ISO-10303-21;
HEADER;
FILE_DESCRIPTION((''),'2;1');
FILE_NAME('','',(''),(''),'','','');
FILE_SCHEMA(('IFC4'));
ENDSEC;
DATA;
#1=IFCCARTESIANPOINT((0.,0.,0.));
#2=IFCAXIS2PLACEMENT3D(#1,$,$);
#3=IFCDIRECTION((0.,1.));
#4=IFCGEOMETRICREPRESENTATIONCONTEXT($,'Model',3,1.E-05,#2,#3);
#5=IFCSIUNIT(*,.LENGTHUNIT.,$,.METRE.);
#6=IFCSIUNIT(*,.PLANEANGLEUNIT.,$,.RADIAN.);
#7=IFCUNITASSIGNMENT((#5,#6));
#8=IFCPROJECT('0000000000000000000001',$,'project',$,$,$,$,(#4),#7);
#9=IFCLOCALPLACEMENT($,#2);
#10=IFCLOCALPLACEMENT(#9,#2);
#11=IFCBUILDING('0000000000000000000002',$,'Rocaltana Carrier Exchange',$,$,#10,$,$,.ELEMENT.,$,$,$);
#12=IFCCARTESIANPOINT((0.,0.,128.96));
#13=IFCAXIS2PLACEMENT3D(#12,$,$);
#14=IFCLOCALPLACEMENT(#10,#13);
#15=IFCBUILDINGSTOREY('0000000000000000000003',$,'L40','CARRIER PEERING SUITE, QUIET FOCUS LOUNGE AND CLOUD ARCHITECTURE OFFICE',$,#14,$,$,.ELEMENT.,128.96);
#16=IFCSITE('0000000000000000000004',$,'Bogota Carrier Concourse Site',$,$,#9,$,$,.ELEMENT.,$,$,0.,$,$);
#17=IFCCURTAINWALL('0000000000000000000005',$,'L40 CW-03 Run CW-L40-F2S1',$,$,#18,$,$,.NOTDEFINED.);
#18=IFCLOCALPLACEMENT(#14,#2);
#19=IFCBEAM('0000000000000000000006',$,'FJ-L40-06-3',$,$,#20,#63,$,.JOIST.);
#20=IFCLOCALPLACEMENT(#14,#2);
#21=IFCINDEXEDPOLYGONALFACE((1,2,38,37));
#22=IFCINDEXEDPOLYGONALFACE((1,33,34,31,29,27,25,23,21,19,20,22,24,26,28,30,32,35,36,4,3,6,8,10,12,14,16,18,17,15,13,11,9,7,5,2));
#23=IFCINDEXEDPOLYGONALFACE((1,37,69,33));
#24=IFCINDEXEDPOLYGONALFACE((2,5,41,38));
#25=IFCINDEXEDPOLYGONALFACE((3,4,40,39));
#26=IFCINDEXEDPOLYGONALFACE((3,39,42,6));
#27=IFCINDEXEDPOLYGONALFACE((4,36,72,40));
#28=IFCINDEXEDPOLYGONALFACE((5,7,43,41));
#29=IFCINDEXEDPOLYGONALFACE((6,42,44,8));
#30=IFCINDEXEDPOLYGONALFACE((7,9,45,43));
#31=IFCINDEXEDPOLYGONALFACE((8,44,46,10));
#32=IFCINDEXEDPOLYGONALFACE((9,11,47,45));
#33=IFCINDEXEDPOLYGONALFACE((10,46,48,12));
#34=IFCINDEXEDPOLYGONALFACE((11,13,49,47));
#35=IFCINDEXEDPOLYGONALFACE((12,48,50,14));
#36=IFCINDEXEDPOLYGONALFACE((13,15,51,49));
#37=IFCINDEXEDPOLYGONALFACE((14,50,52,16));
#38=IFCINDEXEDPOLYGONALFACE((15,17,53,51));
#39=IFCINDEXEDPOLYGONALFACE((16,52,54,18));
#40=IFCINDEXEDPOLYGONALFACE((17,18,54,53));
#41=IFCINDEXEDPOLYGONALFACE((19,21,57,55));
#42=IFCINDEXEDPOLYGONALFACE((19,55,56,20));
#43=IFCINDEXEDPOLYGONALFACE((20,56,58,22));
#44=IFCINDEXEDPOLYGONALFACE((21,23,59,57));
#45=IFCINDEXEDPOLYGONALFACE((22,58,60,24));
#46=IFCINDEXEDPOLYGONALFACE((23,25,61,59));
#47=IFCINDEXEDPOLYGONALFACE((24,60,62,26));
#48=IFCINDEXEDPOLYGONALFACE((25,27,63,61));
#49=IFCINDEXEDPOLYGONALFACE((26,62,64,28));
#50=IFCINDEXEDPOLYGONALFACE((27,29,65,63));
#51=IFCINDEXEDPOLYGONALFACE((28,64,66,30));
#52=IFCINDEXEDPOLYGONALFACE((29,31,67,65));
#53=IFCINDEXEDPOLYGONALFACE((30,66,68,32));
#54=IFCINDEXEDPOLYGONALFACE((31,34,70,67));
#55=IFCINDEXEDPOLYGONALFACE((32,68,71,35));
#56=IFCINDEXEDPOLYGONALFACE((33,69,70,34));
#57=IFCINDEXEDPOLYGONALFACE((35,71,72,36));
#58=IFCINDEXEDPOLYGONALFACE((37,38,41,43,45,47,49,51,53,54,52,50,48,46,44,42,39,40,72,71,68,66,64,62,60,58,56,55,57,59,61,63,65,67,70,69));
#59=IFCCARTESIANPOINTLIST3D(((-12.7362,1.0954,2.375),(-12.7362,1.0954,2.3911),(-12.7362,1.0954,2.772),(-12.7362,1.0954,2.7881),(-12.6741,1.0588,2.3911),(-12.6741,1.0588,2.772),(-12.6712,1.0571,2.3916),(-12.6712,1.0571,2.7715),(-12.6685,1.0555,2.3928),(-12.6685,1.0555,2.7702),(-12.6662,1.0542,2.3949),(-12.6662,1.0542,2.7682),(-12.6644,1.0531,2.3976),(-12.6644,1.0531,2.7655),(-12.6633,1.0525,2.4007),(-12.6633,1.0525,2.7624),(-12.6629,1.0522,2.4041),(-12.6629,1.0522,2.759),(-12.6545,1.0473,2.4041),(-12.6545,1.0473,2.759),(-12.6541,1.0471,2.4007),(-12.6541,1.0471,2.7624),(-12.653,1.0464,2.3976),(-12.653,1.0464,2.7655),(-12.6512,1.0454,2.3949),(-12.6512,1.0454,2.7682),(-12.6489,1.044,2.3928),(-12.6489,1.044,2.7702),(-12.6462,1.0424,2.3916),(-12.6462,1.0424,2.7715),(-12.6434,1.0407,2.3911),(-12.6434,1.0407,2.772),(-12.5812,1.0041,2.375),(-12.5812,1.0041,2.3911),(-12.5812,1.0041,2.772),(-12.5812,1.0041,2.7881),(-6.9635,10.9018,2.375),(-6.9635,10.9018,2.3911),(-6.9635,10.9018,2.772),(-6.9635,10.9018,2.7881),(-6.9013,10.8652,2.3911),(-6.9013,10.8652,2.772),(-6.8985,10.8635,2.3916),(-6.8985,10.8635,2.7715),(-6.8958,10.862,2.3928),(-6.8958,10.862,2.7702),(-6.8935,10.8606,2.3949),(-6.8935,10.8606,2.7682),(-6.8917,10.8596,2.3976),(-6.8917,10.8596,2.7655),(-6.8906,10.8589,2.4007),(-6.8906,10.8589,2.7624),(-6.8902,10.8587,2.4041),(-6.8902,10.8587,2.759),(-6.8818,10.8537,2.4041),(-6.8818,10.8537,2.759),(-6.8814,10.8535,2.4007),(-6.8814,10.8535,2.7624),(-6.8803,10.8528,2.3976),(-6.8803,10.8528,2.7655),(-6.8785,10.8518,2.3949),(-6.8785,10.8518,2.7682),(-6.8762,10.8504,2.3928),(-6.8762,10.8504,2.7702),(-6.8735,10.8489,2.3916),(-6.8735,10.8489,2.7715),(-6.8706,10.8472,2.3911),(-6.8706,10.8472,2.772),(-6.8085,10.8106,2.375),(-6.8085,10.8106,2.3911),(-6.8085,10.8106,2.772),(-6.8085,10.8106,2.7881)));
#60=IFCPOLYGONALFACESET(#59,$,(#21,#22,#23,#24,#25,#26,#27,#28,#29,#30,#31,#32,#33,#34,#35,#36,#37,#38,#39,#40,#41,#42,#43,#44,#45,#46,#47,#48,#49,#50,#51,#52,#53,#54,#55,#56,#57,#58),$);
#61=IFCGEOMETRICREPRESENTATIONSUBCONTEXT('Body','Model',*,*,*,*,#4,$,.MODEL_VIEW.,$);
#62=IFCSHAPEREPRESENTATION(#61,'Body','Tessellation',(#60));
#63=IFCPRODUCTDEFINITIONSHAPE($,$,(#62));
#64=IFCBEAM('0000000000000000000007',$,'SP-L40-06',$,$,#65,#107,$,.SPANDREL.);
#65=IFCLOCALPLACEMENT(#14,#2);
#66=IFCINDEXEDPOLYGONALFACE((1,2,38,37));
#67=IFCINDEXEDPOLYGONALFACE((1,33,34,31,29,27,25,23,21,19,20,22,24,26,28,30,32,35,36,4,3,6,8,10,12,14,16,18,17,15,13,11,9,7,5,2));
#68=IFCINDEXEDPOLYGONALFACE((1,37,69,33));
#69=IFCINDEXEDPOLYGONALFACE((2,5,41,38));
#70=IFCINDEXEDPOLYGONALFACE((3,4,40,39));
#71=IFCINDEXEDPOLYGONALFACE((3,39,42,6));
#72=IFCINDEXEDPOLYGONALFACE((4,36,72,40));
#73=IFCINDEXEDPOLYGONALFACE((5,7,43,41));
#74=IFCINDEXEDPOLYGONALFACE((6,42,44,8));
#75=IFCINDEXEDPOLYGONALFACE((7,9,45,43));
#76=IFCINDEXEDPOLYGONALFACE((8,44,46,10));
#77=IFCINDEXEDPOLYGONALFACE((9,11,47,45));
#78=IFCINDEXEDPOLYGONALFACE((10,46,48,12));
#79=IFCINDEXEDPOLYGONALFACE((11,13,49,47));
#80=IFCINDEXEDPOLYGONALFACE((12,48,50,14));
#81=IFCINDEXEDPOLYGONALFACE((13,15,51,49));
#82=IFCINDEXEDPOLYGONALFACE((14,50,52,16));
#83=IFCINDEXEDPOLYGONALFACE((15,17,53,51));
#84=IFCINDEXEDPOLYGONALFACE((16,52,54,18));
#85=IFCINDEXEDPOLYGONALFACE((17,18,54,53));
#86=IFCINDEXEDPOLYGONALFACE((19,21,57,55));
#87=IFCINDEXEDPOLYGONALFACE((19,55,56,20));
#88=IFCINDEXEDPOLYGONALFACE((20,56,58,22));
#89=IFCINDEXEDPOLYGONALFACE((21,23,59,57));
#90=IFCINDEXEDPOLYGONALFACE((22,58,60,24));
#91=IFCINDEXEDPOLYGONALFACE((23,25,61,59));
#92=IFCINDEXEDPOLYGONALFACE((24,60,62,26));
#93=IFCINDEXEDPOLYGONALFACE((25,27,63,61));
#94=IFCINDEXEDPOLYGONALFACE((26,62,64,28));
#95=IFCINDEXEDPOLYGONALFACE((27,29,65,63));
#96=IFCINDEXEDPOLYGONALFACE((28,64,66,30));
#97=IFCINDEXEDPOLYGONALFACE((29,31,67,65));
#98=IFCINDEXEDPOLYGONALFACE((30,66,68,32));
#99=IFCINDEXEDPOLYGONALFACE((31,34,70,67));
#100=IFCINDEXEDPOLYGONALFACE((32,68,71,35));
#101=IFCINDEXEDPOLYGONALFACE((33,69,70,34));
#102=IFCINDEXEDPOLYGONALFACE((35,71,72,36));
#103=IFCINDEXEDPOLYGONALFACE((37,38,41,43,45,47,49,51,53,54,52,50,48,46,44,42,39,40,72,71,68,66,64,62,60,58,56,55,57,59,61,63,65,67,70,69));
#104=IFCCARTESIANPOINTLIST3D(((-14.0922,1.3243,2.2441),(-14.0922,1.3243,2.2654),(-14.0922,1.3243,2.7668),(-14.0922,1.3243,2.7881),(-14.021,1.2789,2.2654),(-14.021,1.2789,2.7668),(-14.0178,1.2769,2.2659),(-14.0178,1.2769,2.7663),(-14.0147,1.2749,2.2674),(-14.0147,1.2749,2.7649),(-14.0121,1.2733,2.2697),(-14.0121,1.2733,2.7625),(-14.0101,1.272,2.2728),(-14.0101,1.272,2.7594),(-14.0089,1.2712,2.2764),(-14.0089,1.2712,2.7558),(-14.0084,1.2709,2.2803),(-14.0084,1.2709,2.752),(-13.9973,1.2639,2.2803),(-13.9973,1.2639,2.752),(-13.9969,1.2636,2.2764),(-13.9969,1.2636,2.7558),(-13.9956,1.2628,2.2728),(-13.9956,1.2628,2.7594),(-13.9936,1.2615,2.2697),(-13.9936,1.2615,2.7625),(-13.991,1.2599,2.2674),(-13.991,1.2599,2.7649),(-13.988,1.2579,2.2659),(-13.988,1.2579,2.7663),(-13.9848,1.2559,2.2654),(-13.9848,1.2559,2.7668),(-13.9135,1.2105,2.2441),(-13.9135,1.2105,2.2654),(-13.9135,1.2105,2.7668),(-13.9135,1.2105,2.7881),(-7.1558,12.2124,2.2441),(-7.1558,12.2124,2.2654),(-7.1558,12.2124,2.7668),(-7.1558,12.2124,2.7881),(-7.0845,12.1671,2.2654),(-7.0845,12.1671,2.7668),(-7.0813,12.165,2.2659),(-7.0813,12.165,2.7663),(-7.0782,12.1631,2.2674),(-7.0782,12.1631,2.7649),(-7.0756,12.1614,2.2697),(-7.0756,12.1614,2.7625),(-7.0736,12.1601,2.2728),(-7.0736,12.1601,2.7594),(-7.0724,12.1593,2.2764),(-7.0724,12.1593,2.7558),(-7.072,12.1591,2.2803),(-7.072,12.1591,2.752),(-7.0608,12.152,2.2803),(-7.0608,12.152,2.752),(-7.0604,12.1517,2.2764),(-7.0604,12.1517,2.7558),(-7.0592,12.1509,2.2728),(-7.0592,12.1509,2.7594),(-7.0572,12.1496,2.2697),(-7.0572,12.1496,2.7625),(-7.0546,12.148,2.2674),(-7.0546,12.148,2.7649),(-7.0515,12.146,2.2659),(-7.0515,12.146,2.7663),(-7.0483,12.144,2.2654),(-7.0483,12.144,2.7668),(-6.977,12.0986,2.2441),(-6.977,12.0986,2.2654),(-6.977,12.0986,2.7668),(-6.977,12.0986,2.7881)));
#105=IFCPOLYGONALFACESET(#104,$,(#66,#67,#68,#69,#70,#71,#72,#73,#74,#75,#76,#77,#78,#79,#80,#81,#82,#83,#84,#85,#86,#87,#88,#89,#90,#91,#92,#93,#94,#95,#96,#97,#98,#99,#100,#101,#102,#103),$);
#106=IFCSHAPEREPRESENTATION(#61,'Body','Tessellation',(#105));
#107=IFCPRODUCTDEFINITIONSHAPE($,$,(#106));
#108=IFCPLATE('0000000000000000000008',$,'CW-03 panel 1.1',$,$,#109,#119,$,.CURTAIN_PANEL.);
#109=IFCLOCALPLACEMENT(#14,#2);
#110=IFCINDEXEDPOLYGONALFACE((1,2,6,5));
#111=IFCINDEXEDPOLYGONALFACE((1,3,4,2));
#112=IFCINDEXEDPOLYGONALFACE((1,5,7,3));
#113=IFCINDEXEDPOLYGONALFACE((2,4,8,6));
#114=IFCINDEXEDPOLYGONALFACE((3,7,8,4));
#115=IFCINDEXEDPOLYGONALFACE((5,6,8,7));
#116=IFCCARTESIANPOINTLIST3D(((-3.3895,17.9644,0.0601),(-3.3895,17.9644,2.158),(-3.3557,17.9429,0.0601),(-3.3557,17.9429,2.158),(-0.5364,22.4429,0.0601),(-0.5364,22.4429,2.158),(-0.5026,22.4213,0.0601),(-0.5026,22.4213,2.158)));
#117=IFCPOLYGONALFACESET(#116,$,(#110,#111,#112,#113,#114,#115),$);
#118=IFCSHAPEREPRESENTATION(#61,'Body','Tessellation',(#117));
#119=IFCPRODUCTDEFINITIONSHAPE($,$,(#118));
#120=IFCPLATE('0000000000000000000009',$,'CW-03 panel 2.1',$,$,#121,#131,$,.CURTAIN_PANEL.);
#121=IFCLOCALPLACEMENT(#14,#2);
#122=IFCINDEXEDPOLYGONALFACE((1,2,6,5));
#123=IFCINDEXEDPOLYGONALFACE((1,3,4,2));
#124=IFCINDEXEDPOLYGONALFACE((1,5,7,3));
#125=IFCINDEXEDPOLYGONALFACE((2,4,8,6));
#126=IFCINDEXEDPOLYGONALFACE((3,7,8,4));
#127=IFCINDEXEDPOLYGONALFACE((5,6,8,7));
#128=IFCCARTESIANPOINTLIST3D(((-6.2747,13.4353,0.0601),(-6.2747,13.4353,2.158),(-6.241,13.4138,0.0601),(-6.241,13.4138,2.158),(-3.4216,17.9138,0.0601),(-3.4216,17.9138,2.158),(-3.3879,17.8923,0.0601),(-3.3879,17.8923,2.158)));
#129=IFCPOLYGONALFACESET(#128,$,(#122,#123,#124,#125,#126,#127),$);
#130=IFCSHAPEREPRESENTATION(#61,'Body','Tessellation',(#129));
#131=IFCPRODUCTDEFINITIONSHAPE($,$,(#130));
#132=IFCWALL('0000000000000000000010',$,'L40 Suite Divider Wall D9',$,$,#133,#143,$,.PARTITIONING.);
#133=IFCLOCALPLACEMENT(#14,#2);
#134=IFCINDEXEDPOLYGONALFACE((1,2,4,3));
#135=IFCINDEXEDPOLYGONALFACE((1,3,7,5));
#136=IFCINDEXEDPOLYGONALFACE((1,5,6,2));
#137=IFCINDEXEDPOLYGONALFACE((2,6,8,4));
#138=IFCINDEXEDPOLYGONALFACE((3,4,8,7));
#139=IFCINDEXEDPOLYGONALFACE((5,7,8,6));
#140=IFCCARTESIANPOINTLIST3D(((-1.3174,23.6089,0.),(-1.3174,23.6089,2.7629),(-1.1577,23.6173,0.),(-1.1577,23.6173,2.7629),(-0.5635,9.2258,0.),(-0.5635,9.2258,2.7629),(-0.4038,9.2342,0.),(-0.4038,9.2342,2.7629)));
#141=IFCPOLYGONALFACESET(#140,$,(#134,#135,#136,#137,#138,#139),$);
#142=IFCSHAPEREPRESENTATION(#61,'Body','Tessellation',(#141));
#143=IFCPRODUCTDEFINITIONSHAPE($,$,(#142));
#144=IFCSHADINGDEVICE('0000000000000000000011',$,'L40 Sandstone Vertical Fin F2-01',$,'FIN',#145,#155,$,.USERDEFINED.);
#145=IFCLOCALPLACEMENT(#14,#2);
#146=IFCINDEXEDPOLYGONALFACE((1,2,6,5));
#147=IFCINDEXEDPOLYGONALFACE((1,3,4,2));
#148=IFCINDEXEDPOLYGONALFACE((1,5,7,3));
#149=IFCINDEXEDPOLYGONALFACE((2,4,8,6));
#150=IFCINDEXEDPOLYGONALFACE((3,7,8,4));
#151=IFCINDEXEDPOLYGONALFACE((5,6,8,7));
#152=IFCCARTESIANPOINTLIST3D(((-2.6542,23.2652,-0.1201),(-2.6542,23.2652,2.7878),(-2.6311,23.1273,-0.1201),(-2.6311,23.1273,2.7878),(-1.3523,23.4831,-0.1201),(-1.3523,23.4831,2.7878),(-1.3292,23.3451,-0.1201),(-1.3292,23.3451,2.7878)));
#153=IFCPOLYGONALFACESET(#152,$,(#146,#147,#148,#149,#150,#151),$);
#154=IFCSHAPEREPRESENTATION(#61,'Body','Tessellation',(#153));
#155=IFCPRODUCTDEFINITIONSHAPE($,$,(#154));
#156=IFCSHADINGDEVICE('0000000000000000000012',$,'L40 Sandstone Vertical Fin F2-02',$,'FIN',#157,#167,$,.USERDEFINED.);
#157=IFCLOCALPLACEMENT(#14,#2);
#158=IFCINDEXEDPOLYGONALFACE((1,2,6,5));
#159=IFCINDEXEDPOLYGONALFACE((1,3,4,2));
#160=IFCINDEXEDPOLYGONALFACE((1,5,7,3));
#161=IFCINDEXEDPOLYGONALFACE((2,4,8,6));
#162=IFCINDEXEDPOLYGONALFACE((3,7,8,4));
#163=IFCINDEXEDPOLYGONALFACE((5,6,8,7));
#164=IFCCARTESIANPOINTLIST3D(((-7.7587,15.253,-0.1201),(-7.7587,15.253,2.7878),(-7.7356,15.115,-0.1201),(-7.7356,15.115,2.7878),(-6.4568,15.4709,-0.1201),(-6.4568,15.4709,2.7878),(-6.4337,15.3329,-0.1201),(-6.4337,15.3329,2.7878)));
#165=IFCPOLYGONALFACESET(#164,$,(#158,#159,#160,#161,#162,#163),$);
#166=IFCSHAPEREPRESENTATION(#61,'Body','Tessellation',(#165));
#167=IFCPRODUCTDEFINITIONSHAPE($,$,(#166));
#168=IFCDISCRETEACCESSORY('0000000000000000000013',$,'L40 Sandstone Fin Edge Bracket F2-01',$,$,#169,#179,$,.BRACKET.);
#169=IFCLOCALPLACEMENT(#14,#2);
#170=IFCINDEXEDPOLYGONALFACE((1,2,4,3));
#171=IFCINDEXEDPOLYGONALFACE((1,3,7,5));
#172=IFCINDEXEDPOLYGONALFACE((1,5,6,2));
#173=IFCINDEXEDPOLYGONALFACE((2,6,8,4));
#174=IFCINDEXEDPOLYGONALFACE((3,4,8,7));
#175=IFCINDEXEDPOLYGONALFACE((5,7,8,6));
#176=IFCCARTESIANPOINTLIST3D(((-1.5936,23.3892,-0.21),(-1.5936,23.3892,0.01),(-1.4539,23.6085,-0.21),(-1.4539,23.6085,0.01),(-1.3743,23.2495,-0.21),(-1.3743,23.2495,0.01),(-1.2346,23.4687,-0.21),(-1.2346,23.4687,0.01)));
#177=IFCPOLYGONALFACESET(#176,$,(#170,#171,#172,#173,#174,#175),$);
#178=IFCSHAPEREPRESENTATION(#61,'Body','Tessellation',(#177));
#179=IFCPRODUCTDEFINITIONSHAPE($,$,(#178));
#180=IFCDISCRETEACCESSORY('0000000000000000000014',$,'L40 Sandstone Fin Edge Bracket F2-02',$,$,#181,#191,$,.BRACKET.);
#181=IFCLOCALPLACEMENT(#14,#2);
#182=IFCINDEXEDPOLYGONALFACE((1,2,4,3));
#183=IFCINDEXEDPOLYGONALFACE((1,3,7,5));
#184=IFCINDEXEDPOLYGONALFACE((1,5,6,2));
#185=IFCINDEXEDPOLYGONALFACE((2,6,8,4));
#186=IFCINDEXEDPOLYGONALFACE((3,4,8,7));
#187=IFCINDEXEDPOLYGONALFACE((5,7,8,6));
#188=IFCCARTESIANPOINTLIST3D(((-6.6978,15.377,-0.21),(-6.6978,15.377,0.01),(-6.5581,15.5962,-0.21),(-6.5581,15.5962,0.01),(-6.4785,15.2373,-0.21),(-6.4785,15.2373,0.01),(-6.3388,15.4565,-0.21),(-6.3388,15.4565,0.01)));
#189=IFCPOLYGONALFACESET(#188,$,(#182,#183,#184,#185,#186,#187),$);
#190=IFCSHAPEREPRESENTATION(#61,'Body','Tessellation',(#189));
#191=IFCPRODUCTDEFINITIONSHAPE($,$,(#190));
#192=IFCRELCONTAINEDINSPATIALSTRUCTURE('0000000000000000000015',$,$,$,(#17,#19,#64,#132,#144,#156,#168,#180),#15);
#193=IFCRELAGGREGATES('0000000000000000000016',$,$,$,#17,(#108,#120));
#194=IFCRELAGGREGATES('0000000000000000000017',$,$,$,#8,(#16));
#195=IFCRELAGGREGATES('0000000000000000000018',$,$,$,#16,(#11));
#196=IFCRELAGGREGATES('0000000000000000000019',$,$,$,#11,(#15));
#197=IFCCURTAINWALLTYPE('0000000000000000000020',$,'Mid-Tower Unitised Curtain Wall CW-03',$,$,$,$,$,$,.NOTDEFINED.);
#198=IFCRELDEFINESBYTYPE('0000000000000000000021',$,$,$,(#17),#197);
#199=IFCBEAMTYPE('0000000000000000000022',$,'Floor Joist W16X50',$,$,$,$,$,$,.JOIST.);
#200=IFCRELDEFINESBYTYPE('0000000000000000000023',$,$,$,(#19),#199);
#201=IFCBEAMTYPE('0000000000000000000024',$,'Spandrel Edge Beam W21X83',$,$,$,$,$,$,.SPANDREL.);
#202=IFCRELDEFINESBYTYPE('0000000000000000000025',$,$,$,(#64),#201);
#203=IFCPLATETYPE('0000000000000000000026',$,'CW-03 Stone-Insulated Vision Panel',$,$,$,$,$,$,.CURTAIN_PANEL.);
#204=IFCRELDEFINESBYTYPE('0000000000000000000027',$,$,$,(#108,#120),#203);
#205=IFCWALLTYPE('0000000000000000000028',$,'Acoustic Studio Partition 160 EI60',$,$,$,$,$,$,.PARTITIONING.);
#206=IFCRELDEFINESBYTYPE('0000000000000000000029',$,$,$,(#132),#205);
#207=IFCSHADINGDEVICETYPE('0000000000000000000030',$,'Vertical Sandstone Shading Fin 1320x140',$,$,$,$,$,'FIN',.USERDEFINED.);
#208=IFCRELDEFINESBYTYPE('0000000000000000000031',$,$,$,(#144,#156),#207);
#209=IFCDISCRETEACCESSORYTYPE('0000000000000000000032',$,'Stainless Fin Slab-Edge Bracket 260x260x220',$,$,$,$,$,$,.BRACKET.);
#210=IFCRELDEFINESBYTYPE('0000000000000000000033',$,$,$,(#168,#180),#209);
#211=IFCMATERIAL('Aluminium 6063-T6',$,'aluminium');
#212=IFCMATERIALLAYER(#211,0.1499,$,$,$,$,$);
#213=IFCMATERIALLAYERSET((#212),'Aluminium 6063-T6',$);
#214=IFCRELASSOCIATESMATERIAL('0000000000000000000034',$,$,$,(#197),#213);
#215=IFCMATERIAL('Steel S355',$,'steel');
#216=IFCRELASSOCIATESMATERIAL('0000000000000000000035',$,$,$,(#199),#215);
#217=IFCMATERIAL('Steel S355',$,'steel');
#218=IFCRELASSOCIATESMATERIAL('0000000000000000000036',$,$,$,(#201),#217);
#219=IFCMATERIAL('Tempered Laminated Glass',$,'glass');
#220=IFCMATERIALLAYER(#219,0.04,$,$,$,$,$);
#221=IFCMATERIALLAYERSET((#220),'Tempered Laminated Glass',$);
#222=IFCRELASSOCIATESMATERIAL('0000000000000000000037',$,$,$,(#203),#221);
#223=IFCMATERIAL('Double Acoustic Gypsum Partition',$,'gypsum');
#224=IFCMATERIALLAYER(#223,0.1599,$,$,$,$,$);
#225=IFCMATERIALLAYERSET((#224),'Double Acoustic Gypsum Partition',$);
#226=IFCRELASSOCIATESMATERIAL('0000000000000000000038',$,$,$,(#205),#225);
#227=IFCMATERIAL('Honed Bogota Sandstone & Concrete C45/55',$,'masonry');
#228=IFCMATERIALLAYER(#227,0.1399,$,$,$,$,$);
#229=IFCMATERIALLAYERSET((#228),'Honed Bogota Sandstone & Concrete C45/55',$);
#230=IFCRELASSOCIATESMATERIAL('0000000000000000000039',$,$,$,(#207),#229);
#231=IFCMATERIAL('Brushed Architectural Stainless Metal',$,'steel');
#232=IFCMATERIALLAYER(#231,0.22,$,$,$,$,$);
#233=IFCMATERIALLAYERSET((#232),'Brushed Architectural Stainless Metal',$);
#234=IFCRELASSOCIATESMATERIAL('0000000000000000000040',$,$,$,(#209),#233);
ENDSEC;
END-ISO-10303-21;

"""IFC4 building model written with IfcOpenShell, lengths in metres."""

from ifc_helpers import new_model, si_unit, direction, frame, frame_2d, origin, origin_2d, place, context, subcontext, project, spatial, rectangle, i_section, extrude, material, layer, layer_set, material_profile, profile_set, type_object, element, aggregate, save


model = new_model("IFC4")

# Units and contexts
model_context = context("Model", 3, precision=1e-05, world=origin(), true_north=direction((0.0, 1.0)))
body_context = subcontext(model_context, "Body", "Model", "MODEL_VIEW")
ifc_project = project(units=[si_unit("LENGTHUNIT", "METRE"), si_unit("PLANEANGLEUNIT", "RADIAN")], contexts=[model_context])

# Site, building, storey
site_placement = place(None, origin())
site = spatial("IfcSite", under=ifc_project, at=site_placement, Name="Bogota Carrier Concourse Site", CompositionType="ELEMENT", RefElevation=0.0)
building_placement = place(site_placement, origin())
building = spatial("IfcBuilding", under=site, at=building_placement, Name="Rocaltana Carrier Exchange", CompositionType="ELEMENT")
storey_placement = place(building_placement, frame((0.0, 0.0, 128.96)))
storey = spatial("IfcBuildingStorey", under=building, at=storey_placement, Name="L40", Description="CARRIER PEERING SUITE, QUIET FOCUS LOUNGE AND CLOUD ARCHITECTURE OFFICE", CompositionType="ELEMENT", Elevation=128.96)

# Curtain wall
ifc_material_1 = material(Name="Aluminium 6063-T6", Category="aluminium")
ifc_layer_1 = layer(ifc_material_1, 0.1499)
ifc_layer_set_1 = layer_set([ifc_layer_1], Name="Aluminium 6063-T6")
curtain_wall_type = type_object("IfcCurtainWallType", Name="Mid-Tower Unitised Curtain Wall CW-03", PredefinedType="NOTDEFINED", material=ifc_layer_set_1)
curtain_wall_1_placement = place(storey_placement, origin())
curtain_wall_1 = element("IfcCurtainWall", 1, at=curtain_wall_1_placement, inside=storey, type_object=curtain_wall_type, Name="L40 CW-03 Run CW-L40-F2S1", PredefinedType="NOTDEFINED")

# Beams
ifc_material_2 = material(Name="Steel S355", Category="steel")
ifc_material_profile_1 = material_profile(ifc_material_2, i_section(OverallWidth=0.1799, OverallDepth=0.4131, WebThickness=0.0098, FlangeThickness=0.0161, FilletRadius=0.0129, at=origin_2d()), Name="W16X50")
ifc_profile_set_1 = profile_set([ifc_material_profile_1], Name="Steel S355")
beam_type_1 = type_object("IfcBeamType", Name="Floor Joist W16X50", PredefinedType="JOIST", material=ifc_profile_set_1)
beam_1_placement = place(storey_placement, frame((-6.886, 10.8562, 2.5815), z_axis=(-0.507297, -0.861771, 0.0), x_axis=(0.861771, -0.507297, 0.0)))
element("IfcBeam", 2, at=beam_1_placement, inside=storey, type_object=beam_type_1, Name="FJ-L40-06-3", PredefinedType="JOIST", context=body_context, shape_type="SweptSolid", body=[
    extrude(i_section(OverallWidth=0.1799, OverallDepth=0.4131, WebThickness=0.0098, FlangeThickness=0.0161, FilletRadius=0.0129, at=origin_2d()), origin(), (0.0, 0.0, 1.0), 11.3794),
])
ifc_material_3 = material(Name="Steel S355", Category="steel")
ifc_material_profile_2 = material_profile(ifc_material_3, i_section(OverallWidth=0.2119, OverallDepth=0.5439, WebThickness=0.0132, FlangeThickness=0.0212, FilletRadius=0.0149, at=origin_2d()), Name="W21X83")
ifc_profile_set_2 = profile_set([ifc_material_profile_2], Name="Steel S355")
beam_type_2 = type_object("IfcBeamType", Name="Spandrel Edge Beam W21X83", PredefinedType="SPANDREL", material=ifc_profile_set_2)
beam_2_placement = place(storey_placement, frame((-7.0664, 12.1555, 2.5161), z_axis=(-0.537299, -0.843392, 0.0), x_axis=(0.843392, -0.537299, 0.0)))
element("IfcBeam", 3, at=beam_2_placement, inside=storey, type_object=beam_type_2, Name="SP-L40-06", PredefinedType="SPANDREL", context=body_context, shape_type="SweptSolid", body=[
    extrude(i_section(OverallWidth=0.2119, OverallDepth=0.5439, WebThickness=0.0132, FlangeThickness=0.0212, FilletRadius=0.0149, at=origin_2d()), origin(), (0.0, 0.0, 1.0), 12.9099),
])

# Plates
ifc_material_4 = material(Name="Tempered Laminated Glass", Category="glass")
ifc_layer_2 = layer(ifc_material_4, 0.04)
ifc_layer_set_2 = layer_set([ifc_layer_2], Name="Tempered Laminated Glass")
plate_type = type_object("IfcPlateType", Name="CW-03 Stone-Insulated Vision Panel", PredefinedType="CURTAIN_PANEL", material=ifc_layer_set_2)
plate_1_placement = place(storey_placement, frame((-1.946, 20.1929, 0.0601), z_axis=(0.0, 0.0, 1.0), x_axis=(-0.537301, -0.843391, 0.0)))
plate_1 = element("IfcPlate", 4, at=plate_1_placement, type_object=plate_type, Name="CW-03 panel 1.1", PredefinedType="CURTAIN_PANEL", context=body_context, shape_type="SweptSolid", body=[
    extrude(rectangle(XDim=5.3101, YDim=0.04, at=origin_2d()), origin(), (0.0, 0.0, 1.0), 2.0979),
])
plate_2_placement = place(storey_placement, frame((-4.8313, 15.6638, 0.0601), z_axis=(0.0, 0.0, 1.0), x_axis=(-0.537301, -0.843391, 0.0)))
plate_2 = element("IfcPlate", 5, at=plate_2_placement, type_object=plate_type, Name="CW-03 panel 2.1", PredefinedType="CURTAIN_PANEL", context=body_context, shape_type="SweptSolid", body=[
    extrude(rectangle(XDim=5.3101, YDim=0.04, at=origin_2d()), origin(), (0.0, 0.0, 1.0), 2.0979),
])
aggregate(curtain_wall_1, [plate_1, plate_2])

# Wall
ifc_material_5 = material(Name="Double Acoustic Gypsum Partition", Category="gypsum")
ifc_layer_3 = layer(ifc_material_5, 0.1599)
ifc_layer_set_3 = layer_set([ifc_layer_3], Name="Double Acoustic Gypsum Partition")
wall_type = type_object("IfcWallType", Name="Acoustic Studio Partition 160 EI60", PredefinedType="PARTITIONING", material=ifc_layer_set_3)
wall_placement = place(storey_placement, frame((-0.4836, 9.23, 0.0), z_axis=(0.0, 0.0, 1.0), x_axis=(-0.052344, 0.998629, 0.0)))
element("IfcWall", 6, at=wall_placement, inside=storey, type_object=wall_type, Name="L40 Suite Divider Wall D9", PredefinedType="PARTITIONING", context=body_context, shape_type="SweptSolid", body=[
    extrude(rectangle(XDim=14.4028, YDim=0.1599, at=frame_2d((7.2014, 0.0))), origin(), (0.0, 0.0, 1.0), 2.7629),
])

# Shading devices
ifc_material_6 = material(Name="Honed Bogota Sandstone & Concrete C45/55", Category="masonry")
ifc_layer_4 = layer(ifc_material_6, 0.1399)
ifc_layer_set_4 = layer_set([ifc_layer_4], Name="Honed Bogota Sandstone & Concrete C45/55")
shading_device_type = type_object("IfcShadingDeviceType", Name="Vertical Sandstone Shading Fin 1320x140", ElementType="FIN", PredefinedType="USERDEFINED", material=ifc_layer_set_4)
for number, where, z_axis, x_axis, name in (
    (7, (-1.9917, 23.3052, -0.1201), (0.0, 0.0, 1.0), (-0.986286, -0.165048, 0.0), "L40 Sandstone Vertical Fin F2-01"),
    (8, (-7.0962, 15.293, -0.1201), (0.0, 0.0, 1.0), (-0.986286, -0.165048, 0.0), "L40 Sandstone Vertical Fin F2-02"),
):
    element("IfcShadingDevice", number, at=place(storey_placement, frame(where, z_axis=z_axis, x_axis=x_axis)), inside=storey, type_object=shading_device_type, Name=name, ObjectType="FIN", PredefinedType="USERDEFINED", context=body_context, shape_type="SweptSolid", body=[
        extrude(rectangle(XDim=1.3201, YDim=0.1399, at=origin_2d()), origin(), (0.0, 0.0, 1.0), 2.908),
    ])

# Discrete accessories
ifc_material_7 = material(Name="Brushed Architectural Stainless Metal", Category="steel")
ifc_layer_5 = layer(ifc_material_7, 0.22)
ifc_layer_set_5 = layer_set([ifc_layer_5], Name="Brushed Architectural Stainless Metal")
discrete_accessory_type = type_object("IfcDiscreteAccessoryType", Name="Stainless Fin Slab-Edge Bracket 260x260x220", PredefinedType="BRACKET", material=ifc_layer_set_5)
for number, where, z_axis, x_axis, name in (
    (9, (-1.4141, 23.429, -0.21), (0.0, 0.0, 1.0), (-0.5373, -0.843391, 0.0), "L40 Sandstone Fin Edge Bracket F2-01"),
    (10, (-6.5183, 15.4167, -0.21), (0.0, 0.0, 1.0), (-0.5373, -0.843391, 0.0), "L40 Sandstone Fin Edge Bracket F2-02"),
):
    element("IfcDiscreteAccessory", number, at=place(storey_placement, frame(where, z_axis=z_axis, x_axis=x_axis)), inside=storey, type_object=discrete_accessory_type, Name=name, PredefinedType="BRACKET", context=body_context, shape_type="SweptSolid", body=[
        extrude(rectangle(XDim=0.26, YDim=0.26, at=origin_2d()), origin(), (0.0, 0.0, 1.0), 0.22),
    ])

save(model, "model.ifc")
